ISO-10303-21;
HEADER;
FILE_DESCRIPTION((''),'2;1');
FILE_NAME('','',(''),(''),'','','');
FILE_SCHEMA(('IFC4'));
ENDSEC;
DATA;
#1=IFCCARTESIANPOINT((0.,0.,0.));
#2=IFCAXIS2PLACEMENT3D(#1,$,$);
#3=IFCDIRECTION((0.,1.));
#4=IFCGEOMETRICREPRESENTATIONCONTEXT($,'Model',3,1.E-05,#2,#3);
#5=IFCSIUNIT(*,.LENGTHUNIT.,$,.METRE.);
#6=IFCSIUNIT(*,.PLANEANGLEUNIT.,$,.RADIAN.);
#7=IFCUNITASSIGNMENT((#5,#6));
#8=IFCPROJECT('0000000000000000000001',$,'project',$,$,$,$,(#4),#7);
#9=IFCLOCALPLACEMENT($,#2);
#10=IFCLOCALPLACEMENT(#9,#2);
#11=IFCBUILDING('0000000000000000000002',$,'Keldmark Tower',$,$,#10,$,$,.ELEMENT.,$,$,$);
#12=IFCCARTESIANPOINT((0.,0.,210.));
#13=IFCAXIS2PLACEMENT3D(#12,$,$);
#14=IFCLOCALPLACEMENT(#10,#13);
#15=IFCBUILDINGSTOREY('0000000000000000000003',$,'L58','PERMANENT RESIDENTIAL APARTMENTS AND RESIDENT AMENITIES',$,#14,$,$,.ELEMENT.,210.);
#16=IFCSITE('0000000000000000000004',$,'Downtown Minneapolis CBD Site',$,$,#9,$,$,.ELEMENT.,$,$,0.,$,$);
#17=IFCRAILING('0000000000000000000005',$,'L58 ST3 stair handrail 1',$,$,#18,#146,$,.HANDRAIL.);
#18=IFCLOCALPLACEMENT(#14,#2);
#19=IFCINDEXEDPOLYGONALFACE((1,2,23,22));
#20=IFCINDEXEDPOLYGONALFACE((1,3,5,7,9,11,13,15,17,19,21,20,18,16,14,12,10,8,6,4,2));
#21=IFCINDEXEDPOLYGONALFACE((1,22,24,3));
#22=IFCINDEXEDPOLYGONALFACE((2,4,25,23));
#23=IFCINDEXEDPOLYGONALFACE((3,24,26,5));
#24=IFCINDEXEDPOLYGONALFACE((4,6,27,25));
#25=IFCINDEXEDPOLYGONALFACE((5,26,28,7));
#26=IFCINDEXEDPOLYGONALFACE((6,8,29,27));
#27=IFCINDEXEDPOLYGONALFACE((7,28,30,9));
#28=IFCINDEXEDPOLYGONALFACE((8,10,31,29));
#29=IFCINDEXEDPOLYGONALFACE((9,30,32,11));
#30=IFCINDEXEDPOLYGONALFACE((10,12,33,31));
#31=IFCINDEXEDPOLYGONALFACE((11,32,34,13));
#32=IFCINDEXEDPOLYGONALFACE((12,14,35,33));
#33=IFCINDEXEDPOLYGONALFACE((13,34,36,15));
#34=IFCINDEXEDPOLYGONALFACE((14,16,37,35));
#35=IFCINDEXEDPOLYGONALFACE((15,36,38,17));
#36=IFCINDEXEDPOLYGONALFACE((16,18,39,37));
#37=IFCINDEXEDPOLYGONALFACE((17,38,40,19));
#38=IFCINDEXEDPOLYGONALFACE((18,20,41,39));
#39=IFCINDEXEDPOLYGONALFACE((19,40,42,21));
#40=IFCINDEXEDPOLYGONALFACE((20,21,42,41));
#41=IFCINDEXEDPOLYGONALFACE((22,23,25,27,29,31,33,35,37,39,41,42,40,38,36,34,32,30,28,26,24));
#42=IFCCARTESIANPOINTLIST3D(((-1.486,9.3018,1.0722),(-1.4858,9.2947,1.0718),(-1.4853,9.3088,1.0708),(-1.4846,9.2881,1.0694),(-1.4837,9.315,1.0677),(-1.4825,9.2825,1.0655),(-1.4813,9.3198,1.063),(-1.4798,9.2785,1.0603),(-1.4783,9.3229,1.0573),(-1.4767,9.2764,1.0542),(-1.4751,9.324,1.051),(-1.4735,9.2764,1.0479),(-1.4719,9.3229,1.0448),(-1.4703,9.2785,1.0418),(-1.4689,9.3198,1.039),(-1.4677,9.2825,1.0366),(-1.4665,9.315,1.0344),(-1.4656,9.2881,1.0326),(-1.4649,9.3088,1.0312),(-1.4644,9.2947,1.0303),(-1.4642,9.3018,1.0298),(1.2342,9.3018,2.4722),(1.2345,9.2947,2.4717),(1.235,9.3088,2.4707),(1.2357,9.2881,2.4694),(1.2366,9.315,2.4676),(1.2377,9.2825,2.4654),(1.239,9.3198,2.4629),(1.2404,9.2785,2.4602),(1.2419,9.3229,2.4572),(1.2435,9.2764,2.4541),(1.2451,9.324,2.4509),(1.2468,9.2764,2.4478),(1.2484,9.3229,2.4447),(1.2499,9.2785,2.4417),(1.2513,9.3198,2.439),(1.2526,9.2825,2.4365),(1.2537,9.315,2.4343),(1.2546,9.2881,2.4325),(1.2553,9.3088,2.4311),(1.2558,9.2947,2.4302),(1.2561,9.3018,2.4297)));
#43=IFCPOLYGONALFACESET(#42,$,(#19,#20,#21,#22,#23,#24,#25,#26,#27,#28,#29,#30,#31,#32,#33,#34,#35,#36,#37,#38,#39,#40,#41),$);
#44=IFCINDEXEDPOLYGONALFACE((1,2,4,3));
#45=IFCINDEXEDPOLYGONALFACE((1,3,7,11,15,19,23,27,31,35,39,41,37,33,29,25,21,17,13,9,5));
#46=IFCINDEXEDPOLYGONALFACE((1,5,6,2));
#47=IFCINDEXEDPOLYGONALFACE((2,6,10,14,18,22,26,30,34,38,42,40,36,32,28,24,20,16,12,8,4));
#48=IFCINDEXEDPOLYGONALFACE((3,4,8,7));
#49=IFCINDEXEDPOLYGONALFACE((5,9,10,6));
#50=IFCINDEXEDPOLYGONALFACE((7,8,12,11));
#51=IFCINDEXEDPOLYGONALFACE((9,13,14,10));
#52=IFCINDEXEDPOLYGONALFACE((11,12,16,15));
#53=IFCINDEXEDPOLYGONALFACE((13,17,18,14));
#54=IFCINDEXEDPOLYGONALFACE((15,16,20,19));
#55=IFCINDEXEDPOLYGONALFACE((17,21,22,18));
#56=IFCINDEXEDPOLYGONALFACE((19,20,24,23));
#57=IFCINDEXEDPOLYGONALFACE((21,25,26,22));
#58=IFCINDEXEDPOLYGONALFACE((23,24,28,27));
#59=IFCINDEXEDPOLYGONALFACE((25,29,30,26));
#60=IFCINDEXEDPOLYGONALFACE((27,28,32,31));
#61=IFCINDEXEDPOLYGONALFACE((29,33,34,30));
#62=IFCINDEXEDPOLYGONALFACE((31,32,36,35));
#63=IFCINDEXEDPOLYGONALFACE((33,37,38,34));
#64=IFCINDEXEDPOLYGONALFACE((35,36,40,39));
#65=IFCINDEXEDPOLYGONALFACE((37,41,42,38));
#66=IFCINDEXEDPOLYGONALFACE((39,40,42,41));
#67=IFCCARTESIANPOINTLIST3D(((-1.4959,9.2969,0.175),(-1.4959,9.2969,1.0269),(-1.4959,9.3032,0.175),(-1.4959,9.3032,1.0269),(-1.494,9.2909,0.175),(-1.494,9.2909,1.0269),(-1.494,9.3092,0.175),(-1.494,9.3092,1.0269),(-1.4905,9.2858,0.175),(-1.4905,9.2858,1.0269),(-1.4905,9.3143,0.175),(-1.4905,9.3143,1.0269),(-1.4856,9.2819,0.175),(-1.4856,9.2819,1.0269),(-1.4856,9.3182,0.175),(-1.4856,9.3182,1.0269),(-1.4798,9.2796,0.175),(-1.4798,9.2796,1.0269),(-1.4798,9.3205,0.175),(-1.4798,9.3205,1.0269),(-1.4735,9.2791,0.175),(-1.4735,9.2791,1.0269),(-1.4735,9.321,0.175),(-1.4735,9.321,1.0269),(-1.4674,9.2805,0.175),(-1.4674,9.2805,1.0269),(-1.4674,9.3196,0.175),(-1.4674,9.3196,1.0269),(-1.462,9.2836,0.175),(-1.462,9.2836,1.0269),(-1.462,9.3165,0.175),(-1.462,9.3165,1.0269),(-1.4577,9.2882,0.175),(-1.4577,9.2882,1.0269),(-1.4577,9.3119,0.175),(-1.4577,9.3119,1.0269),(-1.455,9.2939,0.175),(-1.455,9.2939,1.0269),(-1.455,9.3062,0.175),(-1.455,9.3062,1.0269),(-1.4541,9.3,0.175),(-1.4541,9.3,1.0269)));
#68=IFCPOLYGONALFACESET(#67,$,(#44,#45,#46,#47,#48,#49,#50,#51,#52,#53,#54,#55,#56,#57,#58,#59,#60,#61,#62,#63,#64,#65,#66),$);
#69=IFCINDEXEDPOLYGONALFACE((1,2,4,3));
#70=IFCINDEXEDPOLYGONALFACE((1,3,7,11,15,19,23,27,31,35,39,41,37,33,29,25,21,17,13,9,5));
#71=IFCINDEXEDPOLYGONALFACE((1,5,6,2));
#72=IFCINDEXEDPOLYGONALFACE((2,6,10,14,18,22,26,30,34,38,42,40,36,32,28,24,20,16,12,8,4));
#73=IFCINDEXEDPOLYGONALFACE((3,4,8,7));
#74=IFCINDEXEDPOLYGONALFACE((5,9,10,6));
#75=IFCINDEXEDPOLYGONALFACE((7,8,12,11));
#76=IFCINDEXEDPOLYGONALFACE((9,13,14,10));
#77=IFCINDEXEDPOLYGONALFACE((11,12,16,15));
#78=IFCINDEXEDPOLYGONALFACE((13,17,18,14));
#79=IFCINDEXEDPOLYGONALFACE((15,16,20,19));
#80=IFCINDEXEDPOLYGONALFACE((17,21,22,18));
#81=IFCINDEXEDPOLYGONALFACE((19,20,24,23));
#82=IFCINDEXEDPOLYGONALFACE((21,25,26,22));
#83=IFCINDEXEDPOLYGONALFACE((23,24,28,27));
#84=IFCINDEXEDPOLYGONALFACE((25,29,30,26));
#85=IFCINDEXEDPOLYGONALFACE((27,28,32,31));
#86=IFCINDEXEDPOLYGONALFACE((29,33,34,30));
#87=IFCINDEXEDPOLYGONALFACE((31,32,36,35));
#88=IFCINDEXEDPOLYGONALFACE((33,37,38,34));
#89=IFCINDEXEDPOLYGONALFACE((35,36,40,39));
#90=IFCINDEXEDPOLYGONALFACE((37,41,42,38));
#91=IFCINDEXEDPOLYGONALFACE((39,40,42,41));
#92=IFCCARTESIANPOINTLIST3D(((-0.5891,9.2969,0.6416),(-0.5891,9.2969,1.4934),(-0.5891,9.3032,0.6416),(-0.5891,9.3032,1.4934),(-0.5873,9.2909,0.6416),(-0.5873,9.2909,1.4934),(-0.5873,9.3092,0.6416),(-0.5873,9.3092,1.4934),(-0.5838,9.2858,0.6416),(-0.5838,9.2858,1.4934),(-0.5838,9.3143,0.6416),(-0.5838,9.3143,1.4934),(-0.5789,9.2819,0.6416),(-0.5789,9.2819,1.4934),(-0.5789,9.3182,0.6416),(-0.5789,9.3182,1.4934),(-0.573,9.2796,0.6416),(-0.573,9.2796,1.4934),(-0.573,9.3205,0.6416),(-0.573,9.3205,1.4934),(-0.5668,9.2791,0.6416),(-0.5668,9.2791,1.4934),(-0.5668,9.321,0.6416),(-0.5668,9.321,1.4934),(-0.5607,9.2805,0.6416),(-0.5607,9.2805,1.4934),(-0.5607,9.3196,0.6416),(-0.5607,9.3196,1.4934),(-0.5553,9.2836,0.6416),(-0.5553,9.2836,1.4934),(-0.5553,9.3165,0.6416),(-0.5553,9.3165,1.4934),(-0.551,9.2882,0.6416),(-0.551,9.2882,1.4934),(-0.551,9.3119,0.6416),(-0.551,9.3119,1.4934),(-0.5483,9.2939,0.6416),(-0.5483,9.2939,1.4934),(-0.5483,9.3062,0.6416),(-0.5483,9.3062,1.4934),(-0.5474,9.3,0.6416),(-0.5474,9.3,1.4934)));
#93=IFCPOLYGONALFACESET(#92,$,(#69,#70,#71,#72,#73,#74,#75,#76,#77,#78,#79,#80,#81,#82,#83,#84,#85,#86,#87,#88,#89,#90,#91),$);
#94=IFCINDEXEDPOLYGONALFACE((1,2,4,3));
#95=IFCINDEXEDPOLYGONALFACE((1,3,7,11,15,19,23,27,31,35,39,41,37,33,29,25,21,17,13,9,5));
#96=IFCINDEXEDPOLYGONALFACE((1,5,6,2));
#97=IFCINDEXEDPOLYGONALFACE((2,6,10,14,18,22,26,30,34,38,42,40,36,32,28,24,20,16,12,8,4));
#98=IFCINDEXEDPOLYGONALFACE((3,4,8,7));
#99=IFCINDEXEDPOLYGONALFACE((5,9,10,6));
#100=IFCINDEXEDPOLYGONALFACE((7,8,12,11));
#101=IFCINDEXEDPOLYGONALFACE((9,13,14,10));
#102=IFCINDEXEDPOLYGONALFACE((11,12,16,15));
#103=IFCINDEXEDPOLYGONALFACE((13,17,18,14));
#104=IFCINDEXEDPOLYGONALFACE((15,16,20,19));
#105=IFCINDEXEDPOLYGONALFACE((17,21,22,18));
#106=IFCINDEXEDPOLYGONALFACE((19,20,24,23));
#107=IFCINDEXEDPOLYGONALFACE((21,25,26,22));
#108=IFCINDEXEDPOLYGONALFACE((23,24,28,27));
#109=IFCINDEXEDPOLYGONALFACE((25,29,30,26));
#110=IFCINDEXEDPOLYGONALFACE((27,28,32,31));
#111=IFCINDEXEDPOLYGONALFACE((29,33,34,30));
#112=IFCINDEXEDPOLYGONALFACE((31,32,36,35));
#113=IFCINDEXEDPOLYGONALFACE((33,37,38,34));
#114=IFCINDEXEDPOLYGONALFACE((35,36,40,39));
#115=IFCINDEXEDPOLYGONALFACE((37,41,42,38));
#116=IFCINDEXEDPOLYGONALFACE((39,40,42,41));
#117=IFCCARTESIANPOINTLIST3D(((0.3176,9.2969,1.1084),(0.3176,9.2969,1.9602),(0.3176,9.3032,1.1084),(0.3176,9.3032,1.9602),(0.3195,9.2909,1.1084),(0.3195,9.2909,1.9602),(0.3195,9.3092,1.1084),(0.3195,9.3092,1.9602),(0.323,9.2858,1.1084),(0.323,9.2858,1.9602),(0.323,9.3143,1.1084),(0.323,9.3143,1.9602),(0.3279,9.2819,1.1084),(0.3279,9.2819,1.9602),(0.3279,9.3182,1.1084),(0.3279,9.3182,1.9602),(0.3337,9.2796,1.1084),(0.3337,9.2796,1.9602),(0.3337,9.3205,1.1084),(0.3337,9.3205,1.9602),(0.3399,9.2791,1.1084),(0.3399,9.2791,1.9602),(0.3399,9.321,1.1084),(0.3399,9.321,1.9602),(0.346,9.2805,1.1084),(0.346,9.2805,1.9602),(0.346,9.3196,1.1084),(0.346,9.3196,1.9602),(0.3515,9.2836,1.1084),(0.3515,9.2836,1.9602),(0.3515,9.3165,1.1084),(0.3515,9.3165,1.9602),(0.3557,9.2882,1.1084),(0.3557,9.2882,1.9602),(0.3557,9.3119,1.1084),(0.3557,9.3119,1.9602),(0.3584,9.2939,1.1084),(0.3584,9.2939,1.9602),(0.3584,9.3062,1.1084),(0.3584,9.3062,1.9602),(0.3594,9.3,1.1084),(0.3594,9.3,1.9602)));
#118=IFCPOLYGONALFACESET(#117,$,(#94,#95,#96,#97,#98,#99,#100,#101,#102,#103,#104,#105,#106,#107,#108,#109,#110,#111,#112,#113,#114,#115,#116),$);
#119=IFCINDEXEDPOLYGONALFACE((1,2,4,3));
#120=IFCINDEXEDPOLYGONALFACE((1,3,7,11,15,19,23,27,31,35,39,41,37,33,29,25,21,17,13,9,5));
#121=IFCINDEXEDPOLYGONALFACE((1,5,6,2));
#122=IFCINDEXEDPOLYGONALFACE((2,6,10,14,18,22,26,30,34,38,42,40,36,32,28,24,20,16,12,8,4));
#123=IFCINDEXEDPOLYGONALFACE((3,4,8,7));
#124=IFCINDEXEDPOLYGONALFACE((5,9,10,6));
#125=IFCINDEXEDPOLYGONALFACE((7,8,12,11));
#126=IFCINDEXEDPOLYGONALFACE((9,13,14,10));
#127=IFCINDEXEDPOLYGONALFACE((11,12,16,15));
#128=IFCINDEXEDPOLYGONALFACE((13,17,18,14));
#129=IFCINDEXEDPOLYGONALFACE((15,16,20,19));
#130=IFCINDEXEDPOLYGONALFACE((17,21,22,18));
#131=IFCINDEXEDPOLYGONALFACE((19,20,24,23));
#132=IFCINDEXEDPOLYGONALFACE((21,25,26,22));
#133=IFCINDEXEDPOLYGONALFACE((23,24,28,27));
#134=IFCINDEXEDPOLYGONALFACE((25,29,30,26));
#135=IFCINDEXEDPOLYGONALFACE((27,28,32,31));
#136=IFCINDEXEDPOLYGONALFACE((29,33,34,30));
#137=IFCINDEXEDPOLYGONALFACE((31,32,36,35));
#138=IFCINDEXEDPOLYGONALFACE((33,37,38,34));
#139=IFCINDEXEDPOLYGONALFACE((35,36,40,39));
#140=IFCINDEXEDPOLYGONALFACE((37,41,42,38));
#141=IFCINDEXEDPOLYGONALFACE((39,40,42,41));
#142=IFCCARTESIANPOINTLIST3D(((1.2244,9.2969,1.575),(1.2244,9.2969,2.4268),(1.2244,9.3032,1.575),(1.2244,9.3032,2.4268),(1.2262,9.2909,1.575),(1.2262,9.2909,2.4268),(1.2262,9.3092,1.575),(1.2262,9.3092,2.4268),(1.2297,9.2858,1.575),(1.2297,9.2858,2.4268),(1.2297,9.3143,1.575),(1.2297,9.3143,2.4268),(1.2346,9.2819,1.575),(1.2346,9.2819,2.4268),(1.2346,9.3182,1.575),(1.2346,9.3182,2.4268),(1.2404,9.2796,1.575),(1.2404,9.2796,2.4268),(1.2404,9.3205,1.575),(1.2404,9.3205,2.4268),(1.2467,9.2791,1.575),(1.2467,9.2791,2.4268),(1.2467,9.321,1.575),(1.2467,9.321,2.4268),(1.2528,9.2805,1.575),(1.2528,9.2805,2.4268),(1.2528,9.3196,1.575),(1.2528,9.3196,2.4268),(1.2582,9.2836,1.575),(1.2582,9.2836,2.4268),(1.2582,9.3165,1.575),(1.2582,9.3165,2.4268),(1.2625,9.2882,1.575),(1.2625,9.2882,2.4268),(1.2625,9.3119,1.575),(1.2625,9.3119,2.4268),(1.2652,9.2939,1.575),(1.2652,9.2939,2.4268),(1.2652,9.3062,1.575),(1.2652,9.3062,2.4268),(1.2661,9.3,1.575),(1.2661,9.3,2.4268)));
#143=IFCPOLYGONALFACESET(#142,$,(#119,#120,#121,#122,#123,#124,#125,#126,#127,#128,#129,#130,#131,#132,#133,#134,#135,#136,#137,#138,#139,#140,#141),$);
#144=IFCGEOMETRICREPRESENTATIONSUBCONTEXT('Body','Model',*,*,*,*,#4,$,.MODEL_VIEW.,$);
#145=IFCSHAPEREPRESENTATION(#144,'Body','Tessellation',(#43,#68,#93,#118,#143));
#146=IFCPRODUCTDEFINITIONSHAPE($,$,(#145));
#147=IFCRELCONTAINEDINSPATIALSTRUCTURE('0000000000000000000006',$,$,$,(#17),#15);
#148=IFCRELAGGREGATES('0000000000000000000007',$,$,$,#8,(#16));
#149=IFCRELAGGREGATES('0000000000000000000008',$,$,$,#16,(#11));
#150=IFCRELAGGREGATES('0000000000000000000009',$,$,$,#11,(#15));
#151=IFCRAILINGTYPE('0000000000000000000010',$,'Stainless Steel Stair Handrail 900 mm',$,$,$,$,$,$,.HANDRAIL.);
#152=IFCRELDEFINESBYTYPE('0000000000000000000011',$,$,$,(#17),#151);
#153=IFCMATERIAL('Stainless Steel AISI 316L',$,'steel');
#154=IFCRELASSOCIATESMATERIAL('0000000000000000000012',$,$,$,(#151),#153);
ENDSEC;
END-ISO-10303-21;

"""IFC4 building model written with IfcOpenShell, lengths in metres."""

from ifc_helpers import new_model, si_unit, direction, frame, origin, origin_2d, place, context, subcontext, project, spatial, circle, extrude, material, type_object, element, save


model = new_model("IFC4")

# Units and contexts
model_context = context("Model", 3, precision=1e-05, world=origin(), true_north=direction((0.0, 1.0)))
body_context = subcontext(model_context, "Body", "Model", "MODEL_VIEW")
ifc_project = project(units=[si_unit("LENGTHUNIT", "METRE"), si_unit("PLANEANGLEUNIT", "RADIAN")], contexts=[model_context])

# Site, building, storey
site_placement = place(None, origin())
site = spatial("IfcSite", under=ifc_project, at=site_placement, Name="Downtown Minneapolis CBD Site", CompositionType="ELEMENT", RefElevation=0.0)
building_placement = place(site_placement, origin())
building = spatial("IfcBuilding", under=site, at=building_placement, Name="Keldmark Tower", CompositionType="ELEMENT")
storey_placement = place(building_placement, frame((0.0, 0.0, 210.0)))
storey = spatial("IfcBuildingStorey", under=building, at=storey_placement, Name="L58", Description="PERMANENT RESIDENTIAL APARTMENTS AND RESIDENT AMENITIES", CompositionType="ELEMENT", Elevation=210.0)

# Railing
ifc_material_1 = material(Name="Stainless Steel AISI 316L", Category="steel")
railing_type_1 = type_object("IfcRailingType", Name="Stainless Steel Stair Handrail 900 mm", PredefinedType="HANDRAIL", material=ifc_material_1)
railing_1_placement = place(storey_placement, frame((-1.4751, 9.3, 0.175)))
element("IfcRailing", 1, at=railing_1_placement, inside=storey, type_object=railing_type_1, Name="L58 ST3 stair handrail 1", PredefinedType="HANDRAIL", context=body_context, shape_type="SweptSolid", body=[
    extrude(circle(Radius=0.0239, at=origin_2d()), frame((0.0, 0.0, 0.876), z_axis=(0.889164, 0.0, 0.45759), x_axis=(0.0, 1.0, 0.0)), (0.0, 0.0, 1.0), 3.0593),
    extrude(circle(Radius=0.021, at=origin_2d()), origin(), (0.0, 0.0, 1.0), 0.8518),
    extrude(circle(Radius=0.021, at=origin_2d()), frame((0.9067, 0.0, 0.4666)), (0.0, 0.0, 1.0), 0.8518),
    extrude(circle(Radius=0.021, at=origin_2d()), frame((1.8135, 0.0, 0.9333)), (0.0, 0.0, 1.0), 0.8518),
    extrude(circle(Radius=0.021, at=origin_2d()), frame((2.7202, 0.0, 1.3999)), (0.0, 0.0, 1.0), 0.8518),
])

save(model, "model.ifc")
